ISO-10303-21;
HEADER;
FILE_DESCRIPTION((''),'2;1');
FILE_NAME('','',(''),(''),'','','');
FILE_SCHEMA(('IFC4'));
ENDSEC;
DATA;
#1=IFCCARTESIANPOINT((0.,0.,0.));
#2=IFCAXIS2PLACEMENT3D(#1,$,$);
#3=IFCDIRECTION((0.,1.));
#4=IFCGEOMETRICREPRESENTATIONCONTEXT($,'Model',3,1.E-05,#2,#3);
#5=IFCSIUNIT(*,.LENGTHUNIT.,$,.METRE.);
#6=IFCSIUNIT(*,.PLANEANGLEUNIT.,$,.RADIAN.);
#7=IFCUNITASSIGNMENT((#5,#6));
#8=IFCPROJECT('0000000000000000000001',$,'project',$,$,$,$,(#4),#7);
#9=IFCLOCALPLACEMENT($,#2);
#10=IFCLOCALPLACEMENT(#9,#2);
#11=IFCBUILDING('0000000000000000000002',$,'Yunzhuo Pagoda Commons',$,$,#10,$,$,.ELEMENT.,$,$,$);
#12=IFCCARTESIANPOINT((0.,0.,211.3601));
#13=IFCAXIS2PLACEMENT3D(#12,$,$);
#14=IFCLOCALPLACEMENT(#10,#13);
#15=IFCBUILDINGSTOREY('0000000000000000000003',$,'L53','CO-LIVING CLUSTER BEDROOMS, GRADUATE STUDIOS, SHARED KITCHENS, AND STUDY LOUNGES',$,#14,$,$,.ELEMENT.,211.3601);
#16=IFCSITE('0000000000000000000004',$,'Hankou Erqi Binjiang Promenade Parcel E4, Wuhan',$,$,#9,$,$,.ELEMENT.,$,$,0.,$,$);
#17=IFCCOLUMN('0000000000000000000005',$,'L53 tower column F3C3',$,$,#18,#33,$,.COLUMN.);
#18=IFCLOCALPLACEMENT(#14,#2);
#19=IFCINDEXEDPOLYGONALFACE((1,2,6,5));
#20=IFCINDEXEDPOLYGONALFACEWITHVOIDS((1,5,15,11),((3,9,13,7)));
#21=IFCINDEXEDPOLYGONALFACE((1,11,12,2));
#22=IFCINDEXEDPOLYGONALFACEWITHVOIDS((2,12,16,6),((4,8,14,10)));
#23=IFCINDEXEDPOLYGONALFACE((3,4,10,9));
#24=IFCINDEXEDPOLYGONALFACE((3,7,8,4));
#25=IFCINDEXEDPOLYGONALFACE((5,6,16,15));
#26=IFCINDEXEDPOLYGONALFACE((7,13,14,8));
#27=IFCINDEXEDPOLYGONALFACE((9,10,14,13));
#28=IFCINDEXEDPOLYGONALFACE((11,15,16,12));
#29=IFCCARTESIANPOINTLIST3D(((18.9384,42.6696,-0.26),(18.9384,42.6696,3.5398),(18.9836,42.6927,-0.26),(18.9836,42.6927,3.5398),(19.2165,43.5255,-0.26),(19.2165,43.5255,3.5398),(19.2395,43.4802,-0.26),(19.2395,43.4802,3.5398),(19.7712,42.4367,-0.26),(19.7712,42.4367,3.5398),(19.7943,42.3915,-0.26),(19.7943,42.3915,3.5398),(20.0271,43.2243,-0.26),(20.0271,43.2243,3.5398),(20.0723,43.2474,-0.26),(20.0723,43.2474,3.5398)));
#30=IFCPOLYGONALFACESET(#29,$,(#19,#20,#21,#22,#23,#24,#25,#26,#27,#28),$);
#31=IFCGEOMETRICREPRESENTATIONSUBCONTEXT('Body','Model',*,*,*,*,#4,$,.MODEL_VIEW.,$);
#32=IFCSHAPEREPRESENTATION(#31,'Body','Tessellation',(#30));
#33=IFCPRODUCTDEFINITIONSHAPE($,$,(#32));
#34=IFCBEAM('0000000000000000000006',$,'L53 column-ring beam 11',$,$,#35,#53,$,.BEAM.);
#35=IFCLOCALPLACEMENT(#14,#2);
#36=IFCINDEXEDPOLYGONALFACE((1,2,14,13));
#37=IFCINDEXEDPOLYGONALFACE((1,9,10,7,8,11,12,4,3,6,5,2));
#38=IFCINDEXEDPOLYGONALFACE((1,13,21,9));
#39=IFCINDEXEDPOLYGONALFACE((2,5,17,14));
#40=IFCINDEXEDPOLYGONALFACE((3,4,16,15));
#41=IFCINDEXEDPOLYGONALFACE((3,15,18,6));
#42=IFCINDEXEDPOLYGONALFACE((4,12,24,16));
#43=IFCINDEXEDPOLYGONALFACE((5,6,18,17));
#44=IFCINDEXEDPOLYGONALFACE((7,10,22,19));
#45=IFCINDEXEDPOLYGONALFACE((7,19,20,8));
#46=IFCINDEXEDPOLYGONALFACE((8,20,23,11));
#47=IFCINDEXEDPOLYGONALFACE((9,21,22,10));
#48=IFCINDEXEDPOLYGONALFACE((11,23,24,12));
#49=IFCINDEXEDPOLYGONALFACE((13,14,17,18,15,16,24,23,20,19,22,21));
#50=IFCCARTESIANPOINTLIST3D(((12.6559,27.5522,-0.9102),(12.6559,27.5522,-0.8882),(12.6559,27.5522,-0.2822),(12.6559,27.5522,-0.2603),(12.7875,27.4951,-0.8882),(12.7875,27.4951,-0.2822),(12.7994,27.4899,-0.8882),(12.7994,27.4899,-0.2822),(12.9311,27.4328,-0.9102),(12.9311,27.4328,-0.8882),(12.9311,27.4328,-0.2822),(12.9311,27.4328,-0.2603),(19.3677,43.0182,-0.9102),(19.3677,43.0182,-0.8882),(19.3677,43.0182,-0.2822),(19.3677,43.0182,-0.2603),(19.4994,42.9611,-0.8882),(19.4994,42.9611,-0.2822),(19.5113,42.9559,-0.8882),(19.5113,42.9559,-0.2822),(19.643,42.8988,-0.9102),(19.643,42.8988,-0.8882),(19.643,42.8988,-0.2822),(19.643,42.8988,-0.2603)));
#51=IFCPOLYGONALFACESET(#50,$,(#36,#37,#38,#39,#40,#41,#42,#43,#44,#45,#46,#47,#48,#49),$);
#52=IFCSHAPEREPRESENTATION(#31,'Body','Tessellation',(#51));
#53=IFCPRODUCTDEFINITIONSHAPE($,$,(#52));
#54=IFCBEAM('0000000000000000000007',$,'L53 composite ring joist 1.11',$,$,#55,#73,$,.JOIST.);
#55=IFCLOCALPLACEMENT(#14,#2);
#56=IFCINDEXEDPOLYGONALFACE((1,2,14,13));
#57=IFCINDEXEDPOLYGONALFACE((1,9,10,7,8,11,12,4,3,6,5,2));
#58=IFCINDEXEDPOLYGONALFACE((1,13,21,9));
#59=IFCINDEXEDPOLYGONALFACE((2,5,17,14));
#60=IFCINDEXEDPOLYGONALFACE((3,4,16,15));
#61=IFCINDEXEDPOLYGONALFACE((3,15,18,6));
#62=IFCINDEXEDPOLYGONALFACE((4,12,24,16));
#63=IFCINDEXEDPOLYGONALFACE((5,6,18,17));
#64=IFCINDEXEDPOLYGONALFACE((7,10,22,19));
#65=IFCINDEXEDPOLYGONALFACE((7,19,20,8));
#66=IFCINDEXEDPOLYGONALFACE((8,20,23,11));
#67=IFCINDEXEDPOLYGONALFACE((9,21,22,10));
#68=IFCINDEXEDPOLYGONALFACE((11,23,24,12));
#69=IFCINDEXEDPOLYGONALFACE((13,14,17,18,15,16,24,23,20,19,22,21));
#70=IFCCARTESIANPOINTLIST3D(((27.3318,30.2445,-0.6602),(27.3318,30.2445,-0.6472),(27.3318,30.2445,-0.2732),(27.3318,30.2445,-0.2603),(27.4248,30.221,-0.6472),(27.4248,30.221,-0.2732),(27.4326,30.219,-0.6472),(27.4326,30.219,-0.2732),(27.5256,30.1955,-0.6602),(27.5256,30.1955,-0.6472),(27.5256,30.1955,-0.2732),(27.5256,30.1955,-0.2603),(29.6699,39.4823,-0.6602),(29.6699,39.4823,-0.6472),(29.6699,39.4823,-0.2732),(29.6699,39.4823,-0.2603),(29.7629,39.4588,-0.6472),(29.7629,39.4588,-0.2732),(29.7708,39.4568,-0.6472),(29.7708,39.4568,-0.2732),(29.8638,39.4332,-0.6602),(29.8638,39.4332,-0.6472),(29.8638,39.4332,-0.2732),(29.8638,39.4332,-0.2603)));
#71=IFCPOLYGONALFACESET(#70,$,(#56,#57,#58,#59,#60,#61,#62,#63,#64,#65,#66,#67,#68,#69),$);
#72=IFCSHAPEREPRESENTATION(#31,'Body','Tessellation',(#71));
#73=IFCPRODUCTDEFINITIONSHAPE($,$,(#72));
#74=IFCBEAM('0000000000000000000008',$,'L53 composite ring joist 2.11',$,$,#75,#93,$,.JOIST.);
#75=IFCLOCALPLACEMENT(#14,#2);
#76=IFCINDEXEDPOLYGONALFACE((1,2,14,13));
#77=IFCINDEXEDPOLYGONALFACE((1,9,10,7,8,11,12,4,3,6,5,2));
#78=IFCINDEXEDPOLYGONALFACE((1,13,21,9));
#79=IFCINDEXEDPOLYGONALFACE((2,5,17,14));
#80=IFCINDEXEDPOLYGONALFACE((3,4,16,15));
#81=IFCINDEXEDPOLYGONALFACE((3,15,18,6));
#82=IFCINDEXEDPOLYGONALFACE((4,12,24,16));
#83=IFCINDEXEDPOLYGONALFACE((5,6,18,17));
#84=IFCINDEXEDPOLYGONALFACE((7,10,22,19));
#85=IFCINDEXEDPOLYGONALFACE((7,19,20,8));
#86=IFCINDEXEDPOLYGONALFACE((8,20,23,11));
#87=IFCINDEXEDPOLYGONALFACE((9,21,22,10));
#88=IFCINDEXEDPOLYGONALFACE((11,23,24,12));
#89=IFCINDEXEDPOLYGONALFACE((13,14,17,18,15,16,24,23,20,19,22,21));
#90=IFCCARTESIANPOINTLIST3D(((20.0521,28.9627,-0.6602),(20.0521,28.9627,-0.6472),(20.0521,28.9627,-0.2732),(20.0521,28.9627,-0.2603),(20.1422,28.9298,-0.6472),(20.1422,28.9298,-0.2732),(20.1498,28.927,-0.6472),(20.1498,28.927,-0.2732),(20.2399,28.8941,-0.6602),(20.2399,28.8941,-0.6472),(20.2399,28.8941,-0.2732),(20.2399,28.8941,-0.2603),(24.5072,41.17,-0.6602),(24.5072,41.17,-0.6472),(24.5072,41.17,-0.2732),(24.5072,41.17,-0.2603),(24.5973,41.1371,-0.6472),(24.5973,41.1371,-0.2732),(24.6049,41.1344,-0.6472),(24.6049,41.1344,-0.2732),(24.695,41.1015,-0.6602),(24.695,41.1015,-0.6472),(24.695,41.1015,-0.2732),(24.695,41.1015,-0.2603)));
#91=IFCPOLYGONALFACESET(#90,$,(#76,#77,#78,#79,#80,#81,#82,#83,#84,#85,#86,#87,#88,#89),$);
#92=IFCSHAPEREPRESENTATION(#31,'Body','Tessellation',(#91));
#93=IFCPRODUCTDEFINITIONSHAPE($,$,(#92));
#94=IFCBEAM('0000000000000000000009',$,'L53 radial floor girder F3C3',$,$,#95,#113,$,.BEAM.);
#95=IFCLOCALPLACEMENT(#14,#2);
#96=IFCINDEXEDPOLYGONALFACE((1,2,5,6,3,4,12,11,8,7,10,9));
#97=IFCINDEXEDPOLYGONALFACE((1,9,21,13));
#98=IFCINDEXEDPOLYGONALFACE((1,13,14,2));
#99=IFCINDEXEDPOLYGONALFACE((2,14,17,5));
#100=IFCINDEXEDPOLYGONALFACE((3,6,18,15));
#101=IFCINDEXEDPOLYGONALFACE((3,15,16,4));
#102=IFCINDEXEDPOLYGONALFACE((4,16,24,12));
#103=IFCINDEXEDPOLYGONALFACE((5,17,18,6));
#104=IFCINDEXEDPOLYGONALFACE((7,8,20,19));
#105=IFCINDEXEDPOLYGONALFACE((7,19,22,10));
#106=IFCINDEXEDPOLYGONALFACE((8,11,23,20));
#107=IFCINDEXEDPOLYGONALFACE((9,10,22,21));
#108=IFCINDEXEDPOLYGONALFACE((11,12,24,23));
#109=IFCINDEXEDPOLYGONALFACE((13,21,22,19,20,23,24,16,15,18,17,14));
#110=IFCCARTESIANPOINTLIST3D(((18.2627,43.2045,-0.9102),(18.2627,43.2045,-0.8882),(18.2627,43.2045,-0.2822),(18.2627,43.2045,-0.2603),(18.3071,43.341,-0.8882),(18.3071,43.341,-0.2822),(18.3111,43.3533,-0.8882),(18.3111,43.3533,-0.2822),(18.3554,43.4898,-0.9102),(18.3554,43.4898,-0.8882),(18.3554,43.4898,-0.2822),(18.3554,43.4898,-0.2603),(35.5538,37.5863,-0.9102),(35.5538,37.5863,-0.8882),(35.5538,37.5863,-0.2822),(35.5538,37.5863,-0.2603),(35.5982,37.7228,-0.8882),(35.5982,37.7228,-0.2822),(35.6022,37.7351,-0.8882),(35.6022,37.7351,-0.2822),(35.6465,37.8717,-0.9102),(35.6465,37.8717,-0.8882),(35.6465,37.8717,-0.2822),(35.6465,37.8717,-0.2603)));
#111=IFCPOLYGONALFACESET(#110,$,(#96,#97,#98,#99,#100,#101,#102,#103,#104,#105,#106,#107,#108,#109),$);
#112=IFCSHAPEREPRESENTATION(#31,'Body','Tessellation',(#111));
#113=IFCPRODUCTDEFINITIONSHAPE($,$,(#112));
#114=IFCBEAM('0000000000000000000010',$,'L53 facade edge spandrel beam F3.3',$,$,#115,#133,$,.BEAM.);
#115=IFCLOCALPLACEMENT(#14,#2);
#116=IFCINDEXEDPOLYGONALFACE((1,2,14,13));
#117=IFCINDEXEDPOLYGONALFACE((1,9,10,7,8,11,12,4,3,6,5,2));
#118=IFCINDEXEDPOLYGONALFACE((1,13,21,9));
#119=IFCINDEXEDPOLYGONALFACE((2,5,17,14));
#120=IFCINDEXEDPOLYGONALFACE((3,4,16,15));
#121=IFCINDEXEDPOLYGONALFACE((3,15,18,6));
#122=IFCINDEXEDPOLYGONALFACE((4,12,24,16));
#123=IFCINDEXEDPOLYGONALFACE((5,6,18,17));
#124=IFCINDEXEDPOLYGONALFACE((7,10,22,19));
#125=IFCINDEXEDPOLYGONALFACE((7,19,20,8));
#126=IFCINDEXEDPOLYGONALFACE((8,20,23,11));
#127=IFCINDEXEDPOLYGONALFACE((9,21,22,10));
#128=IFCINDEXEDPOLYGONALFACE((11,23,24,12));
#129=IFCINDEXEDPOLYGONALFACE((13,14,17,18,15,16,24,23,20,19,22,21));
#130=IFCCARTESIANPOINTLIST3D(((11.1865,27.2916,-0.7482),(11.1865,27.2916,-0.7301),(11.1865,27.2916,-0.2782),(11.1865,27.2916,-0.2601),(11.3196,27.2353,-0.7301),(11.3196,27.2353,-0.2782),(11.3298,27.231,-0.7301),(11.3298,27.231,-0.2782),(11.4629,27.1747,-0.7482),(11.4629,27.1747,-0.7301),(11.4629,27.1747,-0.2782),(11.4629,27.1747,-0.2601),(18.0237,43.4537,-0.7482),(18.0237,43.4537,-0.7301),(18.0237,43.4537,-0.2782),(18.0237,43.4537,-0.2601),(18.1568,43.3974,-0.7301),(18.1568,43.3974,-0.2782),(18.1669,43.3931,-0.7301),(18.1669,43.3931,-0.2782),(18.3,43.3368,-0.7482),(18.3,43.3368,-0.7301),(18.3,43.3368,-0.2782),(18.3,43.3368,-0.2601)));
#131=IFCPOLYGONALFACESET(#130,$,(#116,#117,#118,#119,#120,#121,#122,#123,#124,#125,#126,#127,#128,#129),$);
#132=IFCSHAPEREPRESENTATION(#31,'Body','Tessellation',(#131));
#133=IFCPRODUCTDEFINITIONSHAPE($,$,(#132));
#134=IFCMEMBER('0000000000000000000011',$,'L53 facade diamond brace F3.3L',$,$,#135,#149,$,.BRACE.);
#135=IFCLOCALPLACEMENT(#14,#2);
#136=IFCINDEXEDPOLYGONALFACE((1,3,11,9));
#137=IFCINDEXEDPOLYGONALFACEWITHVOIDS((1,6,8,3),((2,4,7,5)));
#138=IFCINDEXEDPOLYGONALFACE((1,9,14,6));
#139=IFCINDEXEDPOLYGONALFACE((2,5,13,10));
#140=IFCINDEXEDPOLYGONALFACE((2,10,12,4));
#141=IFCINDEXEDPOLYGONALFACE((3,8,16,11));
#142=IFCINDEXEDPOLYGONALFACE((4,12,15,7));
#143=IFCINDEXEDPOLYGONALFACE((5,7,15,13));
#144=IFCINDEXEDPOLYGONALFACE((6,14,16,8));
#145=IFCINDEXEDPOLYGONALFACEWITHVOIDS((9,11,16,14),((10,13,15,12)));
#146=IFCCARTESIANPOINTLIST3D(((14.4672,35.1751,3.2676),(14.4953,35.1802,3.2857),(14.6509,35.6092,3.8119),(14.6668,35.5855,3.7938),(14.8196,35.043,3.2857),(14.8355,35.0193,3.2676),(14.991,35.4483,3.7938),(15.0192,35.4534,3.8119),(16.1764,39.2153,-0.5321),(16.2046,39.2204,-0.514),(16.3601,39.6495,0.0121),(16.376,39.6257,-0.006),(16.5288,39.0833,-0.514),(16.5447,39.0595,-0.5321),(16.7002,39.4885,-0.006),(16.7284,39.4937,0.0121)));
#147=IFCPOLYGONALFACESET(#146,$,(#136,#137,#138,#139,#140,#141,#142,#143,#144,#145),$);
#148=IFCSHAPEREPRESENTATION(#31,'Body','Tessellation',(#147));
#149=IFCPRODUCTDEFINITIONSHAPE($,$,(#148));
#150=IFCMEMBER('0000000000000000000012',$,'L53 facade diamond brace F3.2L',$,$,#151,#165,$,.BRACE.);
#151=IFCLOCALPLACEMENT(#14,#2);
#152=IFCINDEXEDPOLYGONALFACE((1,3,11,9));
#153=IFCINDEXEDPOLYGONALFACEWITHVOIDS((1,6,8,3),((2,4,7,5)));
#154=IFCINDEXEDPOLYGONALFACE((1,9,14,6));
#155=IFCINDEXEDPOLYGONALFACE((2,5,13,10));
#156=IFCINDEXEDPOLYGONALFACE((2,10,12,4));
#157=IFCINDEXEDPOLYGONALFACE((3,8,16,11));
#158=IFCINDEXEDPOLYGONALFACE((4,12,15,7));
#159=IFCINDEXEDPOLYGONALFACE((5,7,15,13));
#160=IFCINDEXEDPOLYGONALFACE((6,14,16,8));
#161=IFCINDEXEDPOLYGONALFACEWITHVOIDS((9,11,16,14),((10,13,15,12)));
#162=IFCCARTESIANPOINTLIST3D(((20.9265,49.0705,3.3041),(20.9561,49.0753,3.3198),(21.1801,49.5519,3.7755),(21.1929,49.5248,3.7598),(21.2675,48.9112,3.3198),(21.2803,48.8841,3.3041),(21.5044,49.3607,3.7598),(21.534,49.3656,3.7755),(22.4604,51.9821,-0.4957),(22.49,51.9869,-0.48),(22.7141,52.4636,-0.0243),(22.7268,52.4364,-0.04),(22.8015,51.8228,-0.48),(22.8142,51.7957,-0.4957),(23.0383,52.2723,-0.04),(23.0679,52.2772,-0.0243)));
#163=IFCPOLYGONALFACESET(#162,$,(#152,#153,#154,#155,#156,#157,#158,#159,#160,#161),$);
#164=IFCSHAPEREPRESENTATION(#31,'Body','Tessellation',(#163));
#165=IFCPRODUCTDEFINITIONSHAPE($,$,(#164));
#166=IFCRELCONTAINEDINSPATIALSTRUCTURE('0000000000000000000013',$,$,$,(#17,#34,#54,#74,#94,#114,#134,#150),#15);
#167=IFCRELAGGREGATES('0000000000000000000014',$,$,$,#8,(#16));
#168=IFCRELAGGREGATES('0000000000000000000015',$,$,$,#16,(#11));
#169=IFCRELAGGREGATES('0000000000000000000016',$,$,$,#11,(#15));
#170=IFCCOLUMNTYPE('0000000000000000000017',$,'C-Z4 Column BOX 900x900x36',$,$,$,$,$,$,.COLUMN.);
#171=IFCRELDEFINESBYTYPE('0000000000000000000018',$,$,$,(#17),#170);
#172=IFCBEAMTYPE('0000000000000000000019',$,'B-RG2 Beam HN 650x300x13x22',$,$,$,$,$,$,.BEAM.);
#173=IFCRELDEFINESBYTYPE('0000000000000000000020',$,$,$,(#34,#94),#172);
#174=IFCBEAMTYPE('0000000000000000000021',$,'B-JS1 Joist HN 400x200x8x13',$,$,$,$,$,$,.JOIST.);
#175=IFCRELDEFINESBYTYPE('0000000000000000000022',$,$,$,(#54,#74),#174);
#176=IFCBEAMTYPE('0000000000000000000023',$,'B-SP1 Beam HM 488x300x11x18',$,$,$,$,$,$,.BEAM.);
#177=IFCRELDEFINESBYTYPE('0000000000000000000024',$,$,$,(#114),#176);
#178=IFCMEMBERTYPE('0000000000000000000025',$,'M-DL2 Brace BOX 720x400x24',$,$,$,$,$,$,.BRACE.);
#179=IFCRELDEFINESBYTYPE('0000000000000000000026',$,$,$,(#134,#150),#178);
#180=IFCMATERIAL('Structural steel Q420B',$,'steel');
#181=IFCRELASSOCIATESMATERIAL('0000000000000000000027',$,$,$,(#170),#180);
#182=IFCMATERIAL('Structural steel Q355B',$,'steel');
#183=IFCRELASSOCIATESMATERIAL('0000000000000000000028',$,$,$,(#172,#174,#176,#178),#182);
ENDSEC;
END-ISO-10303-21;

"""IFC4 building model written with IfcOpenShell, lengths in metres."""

from ifc_helpers import new_model, si_unit, direction, frame, origin, origin_2d, place, context, subcontext, project, spatial, hollow_rectangle, i_section, extrude, source, transform, mapped, material, material_profile, profile_set, type_object, element, save


model = new_model("IFC4")

# Units and contexts
model_context = context("Model", 3, precision=1e-05, world=origin(), true_north=direction((0.0, 1.0)))
body_context = subcontext(model_context, "Body", "Model", "MODEL_VIEW")
ifc_project = project(units=[si_unit("LENGTHUNIT", "METRE"), si_unit("PLANEANGLEUNIT", "RADIAN")], contexts=[model_context])

# Site, building, storey
site_placement = place(None, origin())
site = spatial("IfcSite", under=ifc_project, at=site_placement, Name="Hankou Erqi Binjiang Promenade Parcel E4, Wuhan", CompositionType="ELEMENT", RefElevation=0.0)
building_placement = place(site_placement, origin())
building = spatial("IfcBuilding", under=site, at=building_placement, Name="Yunzhuo Pagoda Commons", CompositionType="ELEMENT")
storey_placement = place(building_placement, frame((0.0, 0.0, 211.3601)))
storey = spatial("IfcBuildingStorey", under=building, at=storey_placement, Name="L53", Description="CO-LIVING CLUSTER BEDROOMS, GRADUATE STUDIOS, SHARED KITCHENS, AND STUDY LOUNGES", CompositionType="ELEMENT", Elevation=211.3601)

# Column
ifc_material_1 = material(Name="Structural steel Q420B", Category="steel")
ifc_material_profile_1 = material_profile(ifc_material_1, hollow_rectangle(XDim=0.8999, YDim=0.8999, WallThickness=0.0359, at=origin_2d()), Name="Structural steel Q420B")
ifc_profile_set_1 = profile_set([ifc_material_profile_1], Name="Structural steel Q420B")
column_type = type_object("IfcColumnType", Name="C-Z4 Column BOX 900x900x36", PredefinedType="COLUMN", material=ifc_profile_set_1)
shared_shape_1 = source(origin(), body_context, "Body", "SweptSolid", [
    extrude(hollow_rectangle(XDim=0.8999, YDim=0.8999, WallThickness=0.0359, at=origin_2d()), origin(), (0.0, 0.0, 1.0), 3.7998),
])
column_placement = place(storey_placement, frame((19.5054, 42.9585, -0.26), z_axis=(0.0, 0.0, 1.0), x_axis=(-0.309017, -0.951057, 0.0)))
element("IfcColumn", 1, at=column_placement, inside=storey, type_object=column_type, Name="L53 tower column F3C3", PredefinedType="COLUMN", context=body_context, shape_type="MappedRepresentation", body=[
    mapped(shared_shape_1, transform((0.0, 0.0, 0.0), scale=1.0)),
])

# Beams
ifc_material_2 = material(Name="Structural steel Q355B", Category="steel")
ifc_material_profile_2 = material_profile(ifc_material_2, i_section(OverallWidth=0.3, OverallDepth=0.6499, WebThickness=0.0129, FlangeThickness=0.022, at=origin_2d()), Name="Structural steel Q355B")
ifc_profile_set_2 = profile_set([ifc_material_profile_2], Name="Structural steel Q355B")
beam_type_1 = type_object("IfcBeamType", Name="B-RG2 Beam HN 650x300x13x22", PredefinedType="BEAM", material=ifc_profile_set_2)
shared_shape_2 = source(origin(), body_context, "Body", "SweptSolid", [
    extrude(i_section(OverallWidth=0.3, OverallDepth=0.6499, WebThickness=0.0129, FlangeThickness=0.022, at=origin_2d()), origin(), (0.0, 0.0, 1.0), 16.8596),
])
beam_1_placement = place(storey_placement, frame((19.5054, 42.9585, -0.5852), z_axis=(-0.398104, -0.91734, 0.0), x_axis=(0.91734, -0.398104, 0.0)))
element("IfcBeam", 2, at=beam_1_placement, inside=storey, type_object=beam_type_1, Name="L53 column-ring beam 11", PredefinedType="BEAM", context=body_context, shape_type="MappedRepresentation", body=[
    mapped(shared_shape_2, transform((0.0, 0.0, 0.0), scale=1.0)),
])
ifc_material_profile_3 = material_profile(ifc_material_2, i_section(OverallWidth=0.2, OverallDepth=0.3999, WebThickness=0.0081, FlangeThickness=0.0129, at=origin_2d()), Name="Structural steel Q355B")
ifc_profile_set_3 = profile_set([ifc_material_profile_3], Name="Structural steel Q355B")
beam_type_2 = type_object("IfcBeamType", Name="B-JS1 Joist HN 400x200x8x13", PredefinedType="JOIST", material=ifc_profile_set_3)
shared_shape_3 = source(origin(), body_context, "Body", "SweptSolid", [
    extrude(i_section(OverallWidth=0.2, OverallDepth=0.3999, WebThickness=0.0081, FlangeThickness=0.0129, at=origin_2d()), origin(), (0.0, 0.0, 1.0), 9.5291),
])
beam_2_placement = place(storey_placement, frame((29.7668, 39.4578, -0.4602), z_axis=(-0.245368, -0.96943, 0.0), x_axis=(0.96943, -0.245368, 0.0)))
element("IfcBeam", 3, at=beam_2_placement, inside=storey, type_object=beam_type_2, Name="L53 composite ring joist 1.11", PredefinedType="JOIST", context=body_context, shape_type="MappedRepresentation", body=[
    mapped(shared_shape_3, transform((0.0, 0.0, 0.0), scale=1.0)),
])
shared_shape_4 = source(origin(), body_context, "Body", "SweptSolid", [
    extrude(i_section(OverallWidth=0.2, OverallDepth=0.3999, WebThickness=0.0081, FlangeThickness=0.0129, at=origin_2d()), origin(), (0.0, 0.0, 1.0), 12.9949),
])
beam_3_placement = place(storey_placement, frame((24.6011, 41.1357, -0.4602), z_axis=(-0.342835, -0.939396, 0.0), x_axis=(0.939396, -0.342835, 0.0)))
element("IfcBeam", 4, at=beam_3_placement, inside=storey, type_object=beam_type_2, Name="L53 composite ring joist 2.11", PredefinedType="JOIST", context=body_context, shape_type="MappedRepresentation", body=[
    mapped(shared_shape_4, transform((0.0, 0.0, 0.0), scale=1.0)),
])
shared_shape_5 = source(origin(), body_context, "Body", "SweptSolid", [
    extrude(i_section(OverallWidth=0.3, OverallDepth=0.6499, WebThickness=0.0129, FlangeThickness=0.022, at=origin_2d()), origin(), (0.0, 0.0, 1.0), 18.1809),
])
beam_4_placement = place(storey_placement, frame((18.3091, 43.3472, -0.5852), z_axis=(0.951057, -0.309016, 0.0), x_axis=(0.309016, 0.951057, 0.0)))
element("IfcBeam", 5, at=beam_4_placement, inside=storey, type_object=beam_type_1, Name="L53 radial floor girder F3C3", PredefinedType="BEAM", context=body_context, shape_type="MappedRepresentation", body=[
    mapped(shared_shape_5, transform((0.0, 0.0, 0.0), scale=1.0)),
])
ifc_material_profile_4 = material_profile(ifc_material_2, i_section(OverallWidth=0.3, OverallDepth=0.488, WebThickness=0.011, FlangeThickness=0.0181, at=origin_2d()), Name="Structural steel Q355B")
ifc_profile_set_4 = profile_set([ifc_material_profile_4], Name="Structural steel Q355B")
beam_type_3 = type_object("IfcBeamType", Name="B-SP1 Beam HM 488x300x11x18", PredefinedType="BEAM", material=ifc_profile_set_4)
shared_shape_6 = source(origin(), body_context, "Body", "SweptSolid", [
    extrude(i_section(OverallWidth=0.3, OverallDepth=0.488, WebThickness=0.011, FlangeThickness=0.0181, at=origin_2d()), origin(), (0.0, 0.0, 1.0), 17.5488),
])
beam_5_placement = place(storey_placement, frame((18.1619, 43.3953, -0.5042), z_axis=(-0.389608, -0.920981, 0.0), x_axis=(0.920981, -0.389608, 0.0)))
element("IfcBeam", 6, at=beam_5_placement, inside=storey, type_object=beam_type_3, Name="L53 facade edge spandrel beam F3.3", PredefinedType="BEAM", context=body_context, shape_type="MappedRepresentation", body=[
    mapped(shared_shape_6, transform((0.0, 0.0, 0.0), scale=1.0)),
])

# Members
ifc_material_profile_5 = material_profile(ifc_material_2, hollow_rectangle(XDim=0.3999, YDim=0.72, WallThickness=0.0239, at=origin_2d()), Name="Structural steel Q355B")
ifc_profile_set_5 = profile_set([ifc_material_profile_5], Name="Structural steel Q355B")
member_type_1 = type_object("IfcMemberType", Name="M-DL2 Brace BOX 720x400x24", PredefinedType="BRACE", material=ifc_profile_set_5)
shared_shape_7 = source(origin(), body_context, "Body", "SweptSolid", [
    extrude(hollow_rectangle(XDim=0.3999, YDim=0.72, WallThickness=0.0239, at=origin_2d()), origin(), (0.0, 0.0, 1.0), 5.8037),
])
member_1_placement = place(storey_placement, frame((16.4524, 39.3545, -0.26), z_axis=(-0.294503, -0.696147, 0.654712), x_axis=(0.920977, -0.389616, 0.0)))
element("IfcMember", 7, at=member_1_placement, inside=storey, type_object=member_type_1, Name="L53 facade diamond brace F3.3L", PredefinedType="BRACE", context=body_context, shape_type="MappedRepresentation", body=[
    mapped(shared_shape_7, transform((0.0, 0.0, 0.0), scale=1.0)),
])
shared_shape_8 = source(origin(), body_context, "Body", "SweptSolid", [
    extrude(hollow_rectangle(XDim=0.3999, YDim=0.72, WallThickness=0.0239, at=origin_2d()), origin(), (0.0, 0.0, 1.0), 5.0269),
])
for number, where, z_axis, x_axis, name in (
    (8, (22.7642, 52.1296, -0.26), (-0.30515, -0.579216, 0.755905), (0.88473, -0.466104, 0.0), "L53 facade diamond brace F3.2L"),
):
    element("IfcMember", number, at=place(storey_placement, frame(where, z_axis=z_axis, x_axis=x_axis)), inside=storey, type_object=member_type_1, Name=name, PredefinedType="BRACE", context=body_context, shape_type="MappedRepresentation", body=[
        mapped(shared_shape_8, transform((0.0, 0.0, 0.0), scale=1.0)),
    ])

save(model, "model.ifc")
